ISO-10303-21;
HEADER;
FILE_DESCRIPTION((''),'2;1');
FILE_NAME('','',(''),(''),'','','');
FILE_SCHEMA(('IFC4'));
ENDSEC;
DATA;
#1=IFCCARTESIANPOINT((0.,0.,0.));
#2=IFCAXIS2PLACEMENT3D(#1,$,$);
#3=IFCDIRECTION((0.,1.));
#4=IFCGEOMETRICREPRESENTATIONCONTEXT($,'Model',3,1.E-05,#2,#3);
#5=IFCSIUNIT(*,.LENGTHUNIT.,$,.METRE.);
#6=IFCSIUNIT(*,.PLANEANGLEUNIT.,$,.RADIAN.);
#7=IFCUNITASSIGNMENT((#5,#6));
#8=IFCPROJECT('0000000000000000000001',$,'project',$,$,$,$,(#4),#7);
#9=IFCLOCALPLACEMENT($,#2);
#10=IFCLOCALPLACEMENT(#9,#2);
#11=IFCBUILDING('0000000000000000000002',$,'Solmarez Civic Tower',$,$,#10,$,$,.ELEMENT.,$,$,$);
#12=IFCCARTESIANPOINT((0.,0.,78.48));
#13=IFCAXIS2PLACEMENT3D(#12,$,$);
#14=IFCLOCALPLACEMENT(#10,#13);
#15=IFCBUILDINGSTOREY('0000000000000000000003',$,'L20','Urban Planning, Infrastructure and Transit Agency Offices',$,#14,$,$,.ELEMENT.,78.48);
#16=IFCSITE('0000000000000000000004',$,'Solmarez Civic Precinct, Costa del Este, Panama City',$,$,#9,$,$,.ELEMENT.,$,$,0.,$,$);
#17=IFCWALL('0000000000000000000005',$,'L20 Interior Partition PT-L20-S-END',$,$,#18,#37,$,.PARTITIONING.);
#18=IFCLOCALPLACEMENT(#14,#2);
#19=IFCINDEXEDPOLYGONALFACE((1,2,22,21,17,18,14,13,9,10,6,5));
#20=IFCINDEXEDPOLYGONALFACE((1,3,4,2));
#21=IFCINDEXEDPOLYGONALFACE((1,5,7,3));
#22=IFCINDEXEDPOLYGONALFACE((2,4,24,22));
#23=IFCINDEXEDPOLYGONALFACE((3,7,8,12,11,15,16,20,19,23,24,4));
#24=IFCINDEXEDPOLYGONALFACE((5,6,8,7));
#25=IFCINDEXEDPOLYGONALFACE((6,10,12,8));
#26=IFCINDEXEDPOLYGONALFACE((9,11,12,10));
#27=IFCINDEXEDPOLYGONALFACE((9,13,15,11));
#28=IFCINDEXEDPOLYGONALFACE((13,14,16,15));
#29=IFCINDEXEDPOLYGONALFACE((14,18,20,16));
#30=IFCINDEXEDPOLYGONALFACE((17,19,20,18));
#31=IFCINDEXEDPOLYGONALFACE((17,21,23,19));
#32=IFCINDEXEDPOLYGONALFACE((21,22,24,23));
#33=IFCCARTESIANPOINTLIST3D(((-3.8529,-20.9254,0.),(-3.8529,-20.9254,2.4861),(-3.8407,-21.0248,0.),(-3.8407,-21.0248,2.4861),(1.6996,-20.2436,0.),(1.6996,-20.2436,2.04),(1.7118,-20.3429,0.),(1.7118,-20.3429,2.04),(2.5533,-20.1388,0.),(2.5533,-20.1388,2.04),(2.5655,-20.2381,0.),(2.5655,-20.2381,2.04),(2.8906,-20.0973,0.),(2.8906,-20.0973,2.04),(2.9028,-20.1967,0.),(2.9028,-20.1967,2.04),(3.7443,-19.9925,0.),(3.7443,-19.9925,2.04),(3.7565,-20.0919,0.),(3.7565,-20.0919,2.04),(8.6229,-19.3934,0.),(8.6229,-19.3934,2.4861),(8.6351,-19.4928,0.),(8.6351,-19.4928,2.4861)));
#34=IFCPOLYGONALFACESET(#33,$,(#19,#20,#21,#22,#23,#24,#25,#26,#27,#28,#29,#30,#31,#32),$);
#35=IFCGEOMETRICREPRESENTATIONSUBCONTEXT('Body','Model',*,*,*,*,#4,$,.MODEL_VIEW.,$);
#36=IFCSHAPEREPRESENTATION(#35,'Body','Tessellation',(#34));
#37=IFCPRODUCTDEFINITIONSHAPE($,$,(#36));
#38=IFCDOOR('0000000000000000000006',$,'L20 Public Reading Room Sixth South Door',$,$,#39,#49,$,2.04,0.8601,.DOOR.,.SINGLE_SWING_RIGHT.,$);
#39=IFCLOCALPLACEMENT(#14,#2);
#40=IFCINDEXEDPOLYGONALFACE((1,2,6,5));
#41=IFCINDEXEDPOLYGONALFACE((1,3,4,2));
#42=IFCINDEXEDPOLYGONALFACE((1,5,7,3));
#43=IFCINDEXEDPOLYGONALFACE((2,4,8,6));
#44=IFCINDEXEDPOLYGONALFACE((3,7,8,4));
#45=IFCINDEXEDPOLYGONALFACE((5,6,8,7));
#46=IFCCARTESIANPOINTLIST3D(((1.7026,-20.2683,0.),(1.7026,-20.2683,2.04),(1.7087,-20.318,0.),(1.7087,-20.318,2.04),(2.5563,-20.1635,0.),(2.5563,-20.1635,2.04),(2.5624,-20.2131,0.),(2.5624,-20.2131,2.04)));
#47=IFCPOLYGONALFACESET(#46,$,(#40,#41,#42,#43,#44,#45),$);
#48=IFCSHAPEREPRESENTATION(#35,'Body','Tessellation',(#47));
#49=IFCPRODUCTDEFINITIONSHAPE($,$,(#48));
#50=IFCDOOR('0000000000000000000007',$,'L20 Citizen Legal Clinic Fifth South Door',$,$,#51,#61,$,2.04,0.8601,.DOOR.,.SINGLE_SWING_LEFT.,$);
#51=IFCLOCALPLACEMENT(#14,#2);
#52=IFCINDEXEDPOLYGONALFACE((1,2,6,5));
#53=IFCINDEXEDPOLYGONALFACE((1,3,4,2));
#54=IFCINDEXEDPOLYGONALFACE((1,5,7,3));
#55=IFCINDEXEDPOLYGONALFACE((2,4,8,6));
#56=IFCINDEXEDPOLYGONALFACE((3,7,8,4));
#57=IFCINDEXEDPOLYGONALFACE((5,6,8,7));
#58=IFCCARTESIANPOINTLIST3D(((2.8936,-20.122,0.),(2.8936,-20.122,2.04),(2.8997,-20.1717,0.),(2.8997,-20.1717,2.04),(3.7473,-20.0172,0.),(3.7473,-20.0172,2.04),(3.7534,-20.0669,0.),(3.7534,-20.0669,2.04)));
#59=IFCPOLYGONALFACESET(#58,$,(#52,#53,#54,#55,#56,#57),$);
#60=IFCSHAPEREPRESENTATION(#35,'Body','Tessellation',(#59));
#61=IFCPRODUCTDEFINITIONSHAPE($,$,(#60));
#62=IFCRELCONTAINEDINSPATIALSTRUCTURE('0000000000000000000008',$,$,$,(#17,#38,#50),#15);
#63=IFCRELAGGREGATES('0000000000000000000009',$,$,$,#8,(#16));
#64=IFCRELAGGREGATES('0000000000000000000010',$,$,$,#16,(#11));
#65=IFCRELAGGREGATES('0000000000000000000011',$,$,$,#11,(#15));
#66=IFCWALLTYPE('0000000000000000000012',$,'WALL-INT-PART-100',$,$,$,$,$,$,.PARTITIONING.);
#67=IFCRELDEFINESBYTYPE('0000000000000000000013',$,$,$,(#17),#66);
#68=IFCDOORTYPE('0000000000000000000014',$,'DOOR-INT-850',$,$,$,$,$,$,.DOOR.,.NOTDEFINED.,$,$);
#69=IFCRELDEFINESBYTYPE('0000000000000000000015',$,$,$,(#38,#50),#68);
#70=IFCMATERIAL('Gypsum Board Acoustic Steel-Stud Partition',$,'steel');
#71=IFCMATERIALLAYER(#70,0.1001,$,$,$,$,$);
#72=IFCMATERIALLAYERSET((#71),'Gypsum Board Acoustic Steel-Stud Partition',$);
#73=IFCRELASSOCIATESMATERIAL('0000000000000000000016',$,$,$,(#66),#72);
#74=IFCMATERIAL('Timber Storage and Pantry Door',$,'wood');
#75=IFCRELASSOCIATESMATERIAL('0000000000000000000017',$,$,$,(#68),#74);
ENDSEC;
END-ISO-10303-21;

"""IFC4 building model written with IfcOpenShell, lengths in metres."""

from ifc_helpers import new_model, si_unit, direction, frame, frame_2d, origin, place, context, subcontext, project, spatial, rectangle, extrude, material, layer, layer_set, type_object, element, fill, save


model = new_model("IFC4")

# Units and contexts
model_context = context("Model", 3, precision=1e-05, world=origin(), true_north=direction((0.0, 1.0)))
body_context = subcontext(model_context, "Body", "Model", "MODEL_VIEW")
ifc_project = project(units=[si_unit("LENGTHUNIT", "METRE"), si_unit("PLANEANGLEUNIT", "RADIAN")], contexts=[model_context])

# Site, building, storey
site_placement = place(None, origin())
site = spatial("IfcSite", under=ifc_project, at=site_placement, Name="Solmarez Civic Precinct, Costa del Este, Panama City", CompositionType="ELEMENT", RefElevation=0.0)
building_placement = place(site_placement, origin())
building = spatial("IfcBuilding", under=site, at=building_placement, Name="Solmarez Civic Tower", CompositionType="ELEMENT")
storey_placement = place(building_placement, frame((0.0, 0.0, 78.48)))
storey = spatial("IfcBuildingStorey", under=building, at=storey_placement, Name="L20", Description="Urban Planning, Infrastructure and Transit Agency Offices", CompositionType="ELEMENT", Elevation=78.48)

# Shared definitions
ifc_material_1 = material(Name="Gypsum Board Acoustic Steel-Stud Partition", Category="steel")
ifc_layer_1 = layer(ifc_material_1, 0.1001)
ifc_layer_set_1 = layer_set([ifc_layer_1], Name="Gypsum Board Acoustic Steel-Stud Partition")
wall_type_1 = type_object("IfcWallType", Name="WALL-INT-PART-100", PredefinedType="PARTITIONING", material=ifc_layer_set_1)

# Wall, openings, doors
wall_1_placement = place(storey_placement, frame((8.6289, -19.4431, 0.0), z_axis=(0.0, 0.0, 1.0), x_axis=(-0.992545, -0.121881, 0.0)))
wall_1 = element("IfcWall", 1, at=wall_1_placement, inside=storey, type_object=wall_type_1, Name="L20 Interior Partition PT-L20-S-END", PredefinedType="PARTITIONING", context=body_context, shape_type="SweptSolid", body=[
    extrude(rectangle(XDim=12.5696, YDim=0.1001, at=frame_2d((6.2847, 0.0))), origin(), (0.0, 0.0, 1.0), 2.4861),
])
opening_1_placement = place(wall_1_placement, frame((6.115, 0.0, 0.0)))
opening_1 = element("IfcOpeningElement", 2, at=opening_1_placement, cuts=wall_1, PredefinedType="OPENING", context=body_context, shape_type="SweptSolid", body=[
    extrude(rectangle(XDim=0.8601, YDim=2.04, at=frame_2d((0.4302, 1.02))), frame((0.0, 0.0601, 0.0), z_axis=(0.0, -1.0, 0.0), x_axis=(1.0, 0.0, 0.0)), (0.0, 0.0, 1.0), 0.1201),
])
opening_2_placement = place(wall_1_placement, frame((4.915, 0.0, 0.0)))
opening_2 = element("IfcOpeningElement", 3, at=opening_2_placement, cuts=wall_1, PredefinedType="OPENING", context=body_context, shape_type="SweptSolid", body=[
    extrude(rectangle(XDim=0.8601, YDim=2.04, at=frame_2d((0.4302, 1.02))), frame((0.0, 0.0601, 0.0), z_axis=(0.0, -1.0, 0.0), x_axis=(1.0, 0.0, 0.0)), (0.0, 0.0, 1.0), 0.1201),
])
ifc_material_2 = material(Name="Timber Storage and Pantry Door", Category="wood")
door_type = type_object("IfcDoorType", Name="DOOR-INT-850", OperationType="NOTDEFINED", PredefinedType="DOOR", material=ifc_material_2)
door_1_placement = place(opening_1_placement, origin())
door_1 = element("IfcDoor", 4, at=door_1_placement, inside=storey, type_object=door_type, Name="L20 Public Reading Room Sixth South Door", OperationType="SINGLE_SWING_RIGHT", OverallHeight=2.04, OverallWidth=0.8601, PredefinedType="DOOR", context=body_context, shape_type="SweptSolid", body=[
    extrude(rectangle(XDim=0.8601, YDim=2.04, at=frame_2d((0.4302, 1.02))), frame((0.0, 0.0249, 0.0), z_axis=(0.0, -1.0, 0.0), x_axis=(1.0, 0.0, 0.0)), (0.0, 0.0, 1.0), 0.05),
])
fill(opening_1, door_1)
door_2_placement = place(opening_2_placement, origin())
door_2 = element("IfcDoor", 5, at=door_2_placement, inside=storey, type_object=door_type, Name="L20 Citizen Legal Clinic Fifth South Door", OperationType="SINGLE_SWING_LEFT", OverallHeight=2.04, OverallWidth=0.8601, PredefinedType="DOOR", context=body_context, shape_type="SweptSolid", body=[
    extrude(rectangle(XDim=0.8601, YDim=2.04, at=frame_2d((0.4302, 1.02))), frame((0.0, 0.0249, 0.0), z_axis=(0.0, -1.0, 0.0), x_axis=(1.0, 0.0, 0.0)), (0.0, 0.0, 1.0), 0.05),
])
fill(opening_2, door_2)

save(model, "model.ifc")
